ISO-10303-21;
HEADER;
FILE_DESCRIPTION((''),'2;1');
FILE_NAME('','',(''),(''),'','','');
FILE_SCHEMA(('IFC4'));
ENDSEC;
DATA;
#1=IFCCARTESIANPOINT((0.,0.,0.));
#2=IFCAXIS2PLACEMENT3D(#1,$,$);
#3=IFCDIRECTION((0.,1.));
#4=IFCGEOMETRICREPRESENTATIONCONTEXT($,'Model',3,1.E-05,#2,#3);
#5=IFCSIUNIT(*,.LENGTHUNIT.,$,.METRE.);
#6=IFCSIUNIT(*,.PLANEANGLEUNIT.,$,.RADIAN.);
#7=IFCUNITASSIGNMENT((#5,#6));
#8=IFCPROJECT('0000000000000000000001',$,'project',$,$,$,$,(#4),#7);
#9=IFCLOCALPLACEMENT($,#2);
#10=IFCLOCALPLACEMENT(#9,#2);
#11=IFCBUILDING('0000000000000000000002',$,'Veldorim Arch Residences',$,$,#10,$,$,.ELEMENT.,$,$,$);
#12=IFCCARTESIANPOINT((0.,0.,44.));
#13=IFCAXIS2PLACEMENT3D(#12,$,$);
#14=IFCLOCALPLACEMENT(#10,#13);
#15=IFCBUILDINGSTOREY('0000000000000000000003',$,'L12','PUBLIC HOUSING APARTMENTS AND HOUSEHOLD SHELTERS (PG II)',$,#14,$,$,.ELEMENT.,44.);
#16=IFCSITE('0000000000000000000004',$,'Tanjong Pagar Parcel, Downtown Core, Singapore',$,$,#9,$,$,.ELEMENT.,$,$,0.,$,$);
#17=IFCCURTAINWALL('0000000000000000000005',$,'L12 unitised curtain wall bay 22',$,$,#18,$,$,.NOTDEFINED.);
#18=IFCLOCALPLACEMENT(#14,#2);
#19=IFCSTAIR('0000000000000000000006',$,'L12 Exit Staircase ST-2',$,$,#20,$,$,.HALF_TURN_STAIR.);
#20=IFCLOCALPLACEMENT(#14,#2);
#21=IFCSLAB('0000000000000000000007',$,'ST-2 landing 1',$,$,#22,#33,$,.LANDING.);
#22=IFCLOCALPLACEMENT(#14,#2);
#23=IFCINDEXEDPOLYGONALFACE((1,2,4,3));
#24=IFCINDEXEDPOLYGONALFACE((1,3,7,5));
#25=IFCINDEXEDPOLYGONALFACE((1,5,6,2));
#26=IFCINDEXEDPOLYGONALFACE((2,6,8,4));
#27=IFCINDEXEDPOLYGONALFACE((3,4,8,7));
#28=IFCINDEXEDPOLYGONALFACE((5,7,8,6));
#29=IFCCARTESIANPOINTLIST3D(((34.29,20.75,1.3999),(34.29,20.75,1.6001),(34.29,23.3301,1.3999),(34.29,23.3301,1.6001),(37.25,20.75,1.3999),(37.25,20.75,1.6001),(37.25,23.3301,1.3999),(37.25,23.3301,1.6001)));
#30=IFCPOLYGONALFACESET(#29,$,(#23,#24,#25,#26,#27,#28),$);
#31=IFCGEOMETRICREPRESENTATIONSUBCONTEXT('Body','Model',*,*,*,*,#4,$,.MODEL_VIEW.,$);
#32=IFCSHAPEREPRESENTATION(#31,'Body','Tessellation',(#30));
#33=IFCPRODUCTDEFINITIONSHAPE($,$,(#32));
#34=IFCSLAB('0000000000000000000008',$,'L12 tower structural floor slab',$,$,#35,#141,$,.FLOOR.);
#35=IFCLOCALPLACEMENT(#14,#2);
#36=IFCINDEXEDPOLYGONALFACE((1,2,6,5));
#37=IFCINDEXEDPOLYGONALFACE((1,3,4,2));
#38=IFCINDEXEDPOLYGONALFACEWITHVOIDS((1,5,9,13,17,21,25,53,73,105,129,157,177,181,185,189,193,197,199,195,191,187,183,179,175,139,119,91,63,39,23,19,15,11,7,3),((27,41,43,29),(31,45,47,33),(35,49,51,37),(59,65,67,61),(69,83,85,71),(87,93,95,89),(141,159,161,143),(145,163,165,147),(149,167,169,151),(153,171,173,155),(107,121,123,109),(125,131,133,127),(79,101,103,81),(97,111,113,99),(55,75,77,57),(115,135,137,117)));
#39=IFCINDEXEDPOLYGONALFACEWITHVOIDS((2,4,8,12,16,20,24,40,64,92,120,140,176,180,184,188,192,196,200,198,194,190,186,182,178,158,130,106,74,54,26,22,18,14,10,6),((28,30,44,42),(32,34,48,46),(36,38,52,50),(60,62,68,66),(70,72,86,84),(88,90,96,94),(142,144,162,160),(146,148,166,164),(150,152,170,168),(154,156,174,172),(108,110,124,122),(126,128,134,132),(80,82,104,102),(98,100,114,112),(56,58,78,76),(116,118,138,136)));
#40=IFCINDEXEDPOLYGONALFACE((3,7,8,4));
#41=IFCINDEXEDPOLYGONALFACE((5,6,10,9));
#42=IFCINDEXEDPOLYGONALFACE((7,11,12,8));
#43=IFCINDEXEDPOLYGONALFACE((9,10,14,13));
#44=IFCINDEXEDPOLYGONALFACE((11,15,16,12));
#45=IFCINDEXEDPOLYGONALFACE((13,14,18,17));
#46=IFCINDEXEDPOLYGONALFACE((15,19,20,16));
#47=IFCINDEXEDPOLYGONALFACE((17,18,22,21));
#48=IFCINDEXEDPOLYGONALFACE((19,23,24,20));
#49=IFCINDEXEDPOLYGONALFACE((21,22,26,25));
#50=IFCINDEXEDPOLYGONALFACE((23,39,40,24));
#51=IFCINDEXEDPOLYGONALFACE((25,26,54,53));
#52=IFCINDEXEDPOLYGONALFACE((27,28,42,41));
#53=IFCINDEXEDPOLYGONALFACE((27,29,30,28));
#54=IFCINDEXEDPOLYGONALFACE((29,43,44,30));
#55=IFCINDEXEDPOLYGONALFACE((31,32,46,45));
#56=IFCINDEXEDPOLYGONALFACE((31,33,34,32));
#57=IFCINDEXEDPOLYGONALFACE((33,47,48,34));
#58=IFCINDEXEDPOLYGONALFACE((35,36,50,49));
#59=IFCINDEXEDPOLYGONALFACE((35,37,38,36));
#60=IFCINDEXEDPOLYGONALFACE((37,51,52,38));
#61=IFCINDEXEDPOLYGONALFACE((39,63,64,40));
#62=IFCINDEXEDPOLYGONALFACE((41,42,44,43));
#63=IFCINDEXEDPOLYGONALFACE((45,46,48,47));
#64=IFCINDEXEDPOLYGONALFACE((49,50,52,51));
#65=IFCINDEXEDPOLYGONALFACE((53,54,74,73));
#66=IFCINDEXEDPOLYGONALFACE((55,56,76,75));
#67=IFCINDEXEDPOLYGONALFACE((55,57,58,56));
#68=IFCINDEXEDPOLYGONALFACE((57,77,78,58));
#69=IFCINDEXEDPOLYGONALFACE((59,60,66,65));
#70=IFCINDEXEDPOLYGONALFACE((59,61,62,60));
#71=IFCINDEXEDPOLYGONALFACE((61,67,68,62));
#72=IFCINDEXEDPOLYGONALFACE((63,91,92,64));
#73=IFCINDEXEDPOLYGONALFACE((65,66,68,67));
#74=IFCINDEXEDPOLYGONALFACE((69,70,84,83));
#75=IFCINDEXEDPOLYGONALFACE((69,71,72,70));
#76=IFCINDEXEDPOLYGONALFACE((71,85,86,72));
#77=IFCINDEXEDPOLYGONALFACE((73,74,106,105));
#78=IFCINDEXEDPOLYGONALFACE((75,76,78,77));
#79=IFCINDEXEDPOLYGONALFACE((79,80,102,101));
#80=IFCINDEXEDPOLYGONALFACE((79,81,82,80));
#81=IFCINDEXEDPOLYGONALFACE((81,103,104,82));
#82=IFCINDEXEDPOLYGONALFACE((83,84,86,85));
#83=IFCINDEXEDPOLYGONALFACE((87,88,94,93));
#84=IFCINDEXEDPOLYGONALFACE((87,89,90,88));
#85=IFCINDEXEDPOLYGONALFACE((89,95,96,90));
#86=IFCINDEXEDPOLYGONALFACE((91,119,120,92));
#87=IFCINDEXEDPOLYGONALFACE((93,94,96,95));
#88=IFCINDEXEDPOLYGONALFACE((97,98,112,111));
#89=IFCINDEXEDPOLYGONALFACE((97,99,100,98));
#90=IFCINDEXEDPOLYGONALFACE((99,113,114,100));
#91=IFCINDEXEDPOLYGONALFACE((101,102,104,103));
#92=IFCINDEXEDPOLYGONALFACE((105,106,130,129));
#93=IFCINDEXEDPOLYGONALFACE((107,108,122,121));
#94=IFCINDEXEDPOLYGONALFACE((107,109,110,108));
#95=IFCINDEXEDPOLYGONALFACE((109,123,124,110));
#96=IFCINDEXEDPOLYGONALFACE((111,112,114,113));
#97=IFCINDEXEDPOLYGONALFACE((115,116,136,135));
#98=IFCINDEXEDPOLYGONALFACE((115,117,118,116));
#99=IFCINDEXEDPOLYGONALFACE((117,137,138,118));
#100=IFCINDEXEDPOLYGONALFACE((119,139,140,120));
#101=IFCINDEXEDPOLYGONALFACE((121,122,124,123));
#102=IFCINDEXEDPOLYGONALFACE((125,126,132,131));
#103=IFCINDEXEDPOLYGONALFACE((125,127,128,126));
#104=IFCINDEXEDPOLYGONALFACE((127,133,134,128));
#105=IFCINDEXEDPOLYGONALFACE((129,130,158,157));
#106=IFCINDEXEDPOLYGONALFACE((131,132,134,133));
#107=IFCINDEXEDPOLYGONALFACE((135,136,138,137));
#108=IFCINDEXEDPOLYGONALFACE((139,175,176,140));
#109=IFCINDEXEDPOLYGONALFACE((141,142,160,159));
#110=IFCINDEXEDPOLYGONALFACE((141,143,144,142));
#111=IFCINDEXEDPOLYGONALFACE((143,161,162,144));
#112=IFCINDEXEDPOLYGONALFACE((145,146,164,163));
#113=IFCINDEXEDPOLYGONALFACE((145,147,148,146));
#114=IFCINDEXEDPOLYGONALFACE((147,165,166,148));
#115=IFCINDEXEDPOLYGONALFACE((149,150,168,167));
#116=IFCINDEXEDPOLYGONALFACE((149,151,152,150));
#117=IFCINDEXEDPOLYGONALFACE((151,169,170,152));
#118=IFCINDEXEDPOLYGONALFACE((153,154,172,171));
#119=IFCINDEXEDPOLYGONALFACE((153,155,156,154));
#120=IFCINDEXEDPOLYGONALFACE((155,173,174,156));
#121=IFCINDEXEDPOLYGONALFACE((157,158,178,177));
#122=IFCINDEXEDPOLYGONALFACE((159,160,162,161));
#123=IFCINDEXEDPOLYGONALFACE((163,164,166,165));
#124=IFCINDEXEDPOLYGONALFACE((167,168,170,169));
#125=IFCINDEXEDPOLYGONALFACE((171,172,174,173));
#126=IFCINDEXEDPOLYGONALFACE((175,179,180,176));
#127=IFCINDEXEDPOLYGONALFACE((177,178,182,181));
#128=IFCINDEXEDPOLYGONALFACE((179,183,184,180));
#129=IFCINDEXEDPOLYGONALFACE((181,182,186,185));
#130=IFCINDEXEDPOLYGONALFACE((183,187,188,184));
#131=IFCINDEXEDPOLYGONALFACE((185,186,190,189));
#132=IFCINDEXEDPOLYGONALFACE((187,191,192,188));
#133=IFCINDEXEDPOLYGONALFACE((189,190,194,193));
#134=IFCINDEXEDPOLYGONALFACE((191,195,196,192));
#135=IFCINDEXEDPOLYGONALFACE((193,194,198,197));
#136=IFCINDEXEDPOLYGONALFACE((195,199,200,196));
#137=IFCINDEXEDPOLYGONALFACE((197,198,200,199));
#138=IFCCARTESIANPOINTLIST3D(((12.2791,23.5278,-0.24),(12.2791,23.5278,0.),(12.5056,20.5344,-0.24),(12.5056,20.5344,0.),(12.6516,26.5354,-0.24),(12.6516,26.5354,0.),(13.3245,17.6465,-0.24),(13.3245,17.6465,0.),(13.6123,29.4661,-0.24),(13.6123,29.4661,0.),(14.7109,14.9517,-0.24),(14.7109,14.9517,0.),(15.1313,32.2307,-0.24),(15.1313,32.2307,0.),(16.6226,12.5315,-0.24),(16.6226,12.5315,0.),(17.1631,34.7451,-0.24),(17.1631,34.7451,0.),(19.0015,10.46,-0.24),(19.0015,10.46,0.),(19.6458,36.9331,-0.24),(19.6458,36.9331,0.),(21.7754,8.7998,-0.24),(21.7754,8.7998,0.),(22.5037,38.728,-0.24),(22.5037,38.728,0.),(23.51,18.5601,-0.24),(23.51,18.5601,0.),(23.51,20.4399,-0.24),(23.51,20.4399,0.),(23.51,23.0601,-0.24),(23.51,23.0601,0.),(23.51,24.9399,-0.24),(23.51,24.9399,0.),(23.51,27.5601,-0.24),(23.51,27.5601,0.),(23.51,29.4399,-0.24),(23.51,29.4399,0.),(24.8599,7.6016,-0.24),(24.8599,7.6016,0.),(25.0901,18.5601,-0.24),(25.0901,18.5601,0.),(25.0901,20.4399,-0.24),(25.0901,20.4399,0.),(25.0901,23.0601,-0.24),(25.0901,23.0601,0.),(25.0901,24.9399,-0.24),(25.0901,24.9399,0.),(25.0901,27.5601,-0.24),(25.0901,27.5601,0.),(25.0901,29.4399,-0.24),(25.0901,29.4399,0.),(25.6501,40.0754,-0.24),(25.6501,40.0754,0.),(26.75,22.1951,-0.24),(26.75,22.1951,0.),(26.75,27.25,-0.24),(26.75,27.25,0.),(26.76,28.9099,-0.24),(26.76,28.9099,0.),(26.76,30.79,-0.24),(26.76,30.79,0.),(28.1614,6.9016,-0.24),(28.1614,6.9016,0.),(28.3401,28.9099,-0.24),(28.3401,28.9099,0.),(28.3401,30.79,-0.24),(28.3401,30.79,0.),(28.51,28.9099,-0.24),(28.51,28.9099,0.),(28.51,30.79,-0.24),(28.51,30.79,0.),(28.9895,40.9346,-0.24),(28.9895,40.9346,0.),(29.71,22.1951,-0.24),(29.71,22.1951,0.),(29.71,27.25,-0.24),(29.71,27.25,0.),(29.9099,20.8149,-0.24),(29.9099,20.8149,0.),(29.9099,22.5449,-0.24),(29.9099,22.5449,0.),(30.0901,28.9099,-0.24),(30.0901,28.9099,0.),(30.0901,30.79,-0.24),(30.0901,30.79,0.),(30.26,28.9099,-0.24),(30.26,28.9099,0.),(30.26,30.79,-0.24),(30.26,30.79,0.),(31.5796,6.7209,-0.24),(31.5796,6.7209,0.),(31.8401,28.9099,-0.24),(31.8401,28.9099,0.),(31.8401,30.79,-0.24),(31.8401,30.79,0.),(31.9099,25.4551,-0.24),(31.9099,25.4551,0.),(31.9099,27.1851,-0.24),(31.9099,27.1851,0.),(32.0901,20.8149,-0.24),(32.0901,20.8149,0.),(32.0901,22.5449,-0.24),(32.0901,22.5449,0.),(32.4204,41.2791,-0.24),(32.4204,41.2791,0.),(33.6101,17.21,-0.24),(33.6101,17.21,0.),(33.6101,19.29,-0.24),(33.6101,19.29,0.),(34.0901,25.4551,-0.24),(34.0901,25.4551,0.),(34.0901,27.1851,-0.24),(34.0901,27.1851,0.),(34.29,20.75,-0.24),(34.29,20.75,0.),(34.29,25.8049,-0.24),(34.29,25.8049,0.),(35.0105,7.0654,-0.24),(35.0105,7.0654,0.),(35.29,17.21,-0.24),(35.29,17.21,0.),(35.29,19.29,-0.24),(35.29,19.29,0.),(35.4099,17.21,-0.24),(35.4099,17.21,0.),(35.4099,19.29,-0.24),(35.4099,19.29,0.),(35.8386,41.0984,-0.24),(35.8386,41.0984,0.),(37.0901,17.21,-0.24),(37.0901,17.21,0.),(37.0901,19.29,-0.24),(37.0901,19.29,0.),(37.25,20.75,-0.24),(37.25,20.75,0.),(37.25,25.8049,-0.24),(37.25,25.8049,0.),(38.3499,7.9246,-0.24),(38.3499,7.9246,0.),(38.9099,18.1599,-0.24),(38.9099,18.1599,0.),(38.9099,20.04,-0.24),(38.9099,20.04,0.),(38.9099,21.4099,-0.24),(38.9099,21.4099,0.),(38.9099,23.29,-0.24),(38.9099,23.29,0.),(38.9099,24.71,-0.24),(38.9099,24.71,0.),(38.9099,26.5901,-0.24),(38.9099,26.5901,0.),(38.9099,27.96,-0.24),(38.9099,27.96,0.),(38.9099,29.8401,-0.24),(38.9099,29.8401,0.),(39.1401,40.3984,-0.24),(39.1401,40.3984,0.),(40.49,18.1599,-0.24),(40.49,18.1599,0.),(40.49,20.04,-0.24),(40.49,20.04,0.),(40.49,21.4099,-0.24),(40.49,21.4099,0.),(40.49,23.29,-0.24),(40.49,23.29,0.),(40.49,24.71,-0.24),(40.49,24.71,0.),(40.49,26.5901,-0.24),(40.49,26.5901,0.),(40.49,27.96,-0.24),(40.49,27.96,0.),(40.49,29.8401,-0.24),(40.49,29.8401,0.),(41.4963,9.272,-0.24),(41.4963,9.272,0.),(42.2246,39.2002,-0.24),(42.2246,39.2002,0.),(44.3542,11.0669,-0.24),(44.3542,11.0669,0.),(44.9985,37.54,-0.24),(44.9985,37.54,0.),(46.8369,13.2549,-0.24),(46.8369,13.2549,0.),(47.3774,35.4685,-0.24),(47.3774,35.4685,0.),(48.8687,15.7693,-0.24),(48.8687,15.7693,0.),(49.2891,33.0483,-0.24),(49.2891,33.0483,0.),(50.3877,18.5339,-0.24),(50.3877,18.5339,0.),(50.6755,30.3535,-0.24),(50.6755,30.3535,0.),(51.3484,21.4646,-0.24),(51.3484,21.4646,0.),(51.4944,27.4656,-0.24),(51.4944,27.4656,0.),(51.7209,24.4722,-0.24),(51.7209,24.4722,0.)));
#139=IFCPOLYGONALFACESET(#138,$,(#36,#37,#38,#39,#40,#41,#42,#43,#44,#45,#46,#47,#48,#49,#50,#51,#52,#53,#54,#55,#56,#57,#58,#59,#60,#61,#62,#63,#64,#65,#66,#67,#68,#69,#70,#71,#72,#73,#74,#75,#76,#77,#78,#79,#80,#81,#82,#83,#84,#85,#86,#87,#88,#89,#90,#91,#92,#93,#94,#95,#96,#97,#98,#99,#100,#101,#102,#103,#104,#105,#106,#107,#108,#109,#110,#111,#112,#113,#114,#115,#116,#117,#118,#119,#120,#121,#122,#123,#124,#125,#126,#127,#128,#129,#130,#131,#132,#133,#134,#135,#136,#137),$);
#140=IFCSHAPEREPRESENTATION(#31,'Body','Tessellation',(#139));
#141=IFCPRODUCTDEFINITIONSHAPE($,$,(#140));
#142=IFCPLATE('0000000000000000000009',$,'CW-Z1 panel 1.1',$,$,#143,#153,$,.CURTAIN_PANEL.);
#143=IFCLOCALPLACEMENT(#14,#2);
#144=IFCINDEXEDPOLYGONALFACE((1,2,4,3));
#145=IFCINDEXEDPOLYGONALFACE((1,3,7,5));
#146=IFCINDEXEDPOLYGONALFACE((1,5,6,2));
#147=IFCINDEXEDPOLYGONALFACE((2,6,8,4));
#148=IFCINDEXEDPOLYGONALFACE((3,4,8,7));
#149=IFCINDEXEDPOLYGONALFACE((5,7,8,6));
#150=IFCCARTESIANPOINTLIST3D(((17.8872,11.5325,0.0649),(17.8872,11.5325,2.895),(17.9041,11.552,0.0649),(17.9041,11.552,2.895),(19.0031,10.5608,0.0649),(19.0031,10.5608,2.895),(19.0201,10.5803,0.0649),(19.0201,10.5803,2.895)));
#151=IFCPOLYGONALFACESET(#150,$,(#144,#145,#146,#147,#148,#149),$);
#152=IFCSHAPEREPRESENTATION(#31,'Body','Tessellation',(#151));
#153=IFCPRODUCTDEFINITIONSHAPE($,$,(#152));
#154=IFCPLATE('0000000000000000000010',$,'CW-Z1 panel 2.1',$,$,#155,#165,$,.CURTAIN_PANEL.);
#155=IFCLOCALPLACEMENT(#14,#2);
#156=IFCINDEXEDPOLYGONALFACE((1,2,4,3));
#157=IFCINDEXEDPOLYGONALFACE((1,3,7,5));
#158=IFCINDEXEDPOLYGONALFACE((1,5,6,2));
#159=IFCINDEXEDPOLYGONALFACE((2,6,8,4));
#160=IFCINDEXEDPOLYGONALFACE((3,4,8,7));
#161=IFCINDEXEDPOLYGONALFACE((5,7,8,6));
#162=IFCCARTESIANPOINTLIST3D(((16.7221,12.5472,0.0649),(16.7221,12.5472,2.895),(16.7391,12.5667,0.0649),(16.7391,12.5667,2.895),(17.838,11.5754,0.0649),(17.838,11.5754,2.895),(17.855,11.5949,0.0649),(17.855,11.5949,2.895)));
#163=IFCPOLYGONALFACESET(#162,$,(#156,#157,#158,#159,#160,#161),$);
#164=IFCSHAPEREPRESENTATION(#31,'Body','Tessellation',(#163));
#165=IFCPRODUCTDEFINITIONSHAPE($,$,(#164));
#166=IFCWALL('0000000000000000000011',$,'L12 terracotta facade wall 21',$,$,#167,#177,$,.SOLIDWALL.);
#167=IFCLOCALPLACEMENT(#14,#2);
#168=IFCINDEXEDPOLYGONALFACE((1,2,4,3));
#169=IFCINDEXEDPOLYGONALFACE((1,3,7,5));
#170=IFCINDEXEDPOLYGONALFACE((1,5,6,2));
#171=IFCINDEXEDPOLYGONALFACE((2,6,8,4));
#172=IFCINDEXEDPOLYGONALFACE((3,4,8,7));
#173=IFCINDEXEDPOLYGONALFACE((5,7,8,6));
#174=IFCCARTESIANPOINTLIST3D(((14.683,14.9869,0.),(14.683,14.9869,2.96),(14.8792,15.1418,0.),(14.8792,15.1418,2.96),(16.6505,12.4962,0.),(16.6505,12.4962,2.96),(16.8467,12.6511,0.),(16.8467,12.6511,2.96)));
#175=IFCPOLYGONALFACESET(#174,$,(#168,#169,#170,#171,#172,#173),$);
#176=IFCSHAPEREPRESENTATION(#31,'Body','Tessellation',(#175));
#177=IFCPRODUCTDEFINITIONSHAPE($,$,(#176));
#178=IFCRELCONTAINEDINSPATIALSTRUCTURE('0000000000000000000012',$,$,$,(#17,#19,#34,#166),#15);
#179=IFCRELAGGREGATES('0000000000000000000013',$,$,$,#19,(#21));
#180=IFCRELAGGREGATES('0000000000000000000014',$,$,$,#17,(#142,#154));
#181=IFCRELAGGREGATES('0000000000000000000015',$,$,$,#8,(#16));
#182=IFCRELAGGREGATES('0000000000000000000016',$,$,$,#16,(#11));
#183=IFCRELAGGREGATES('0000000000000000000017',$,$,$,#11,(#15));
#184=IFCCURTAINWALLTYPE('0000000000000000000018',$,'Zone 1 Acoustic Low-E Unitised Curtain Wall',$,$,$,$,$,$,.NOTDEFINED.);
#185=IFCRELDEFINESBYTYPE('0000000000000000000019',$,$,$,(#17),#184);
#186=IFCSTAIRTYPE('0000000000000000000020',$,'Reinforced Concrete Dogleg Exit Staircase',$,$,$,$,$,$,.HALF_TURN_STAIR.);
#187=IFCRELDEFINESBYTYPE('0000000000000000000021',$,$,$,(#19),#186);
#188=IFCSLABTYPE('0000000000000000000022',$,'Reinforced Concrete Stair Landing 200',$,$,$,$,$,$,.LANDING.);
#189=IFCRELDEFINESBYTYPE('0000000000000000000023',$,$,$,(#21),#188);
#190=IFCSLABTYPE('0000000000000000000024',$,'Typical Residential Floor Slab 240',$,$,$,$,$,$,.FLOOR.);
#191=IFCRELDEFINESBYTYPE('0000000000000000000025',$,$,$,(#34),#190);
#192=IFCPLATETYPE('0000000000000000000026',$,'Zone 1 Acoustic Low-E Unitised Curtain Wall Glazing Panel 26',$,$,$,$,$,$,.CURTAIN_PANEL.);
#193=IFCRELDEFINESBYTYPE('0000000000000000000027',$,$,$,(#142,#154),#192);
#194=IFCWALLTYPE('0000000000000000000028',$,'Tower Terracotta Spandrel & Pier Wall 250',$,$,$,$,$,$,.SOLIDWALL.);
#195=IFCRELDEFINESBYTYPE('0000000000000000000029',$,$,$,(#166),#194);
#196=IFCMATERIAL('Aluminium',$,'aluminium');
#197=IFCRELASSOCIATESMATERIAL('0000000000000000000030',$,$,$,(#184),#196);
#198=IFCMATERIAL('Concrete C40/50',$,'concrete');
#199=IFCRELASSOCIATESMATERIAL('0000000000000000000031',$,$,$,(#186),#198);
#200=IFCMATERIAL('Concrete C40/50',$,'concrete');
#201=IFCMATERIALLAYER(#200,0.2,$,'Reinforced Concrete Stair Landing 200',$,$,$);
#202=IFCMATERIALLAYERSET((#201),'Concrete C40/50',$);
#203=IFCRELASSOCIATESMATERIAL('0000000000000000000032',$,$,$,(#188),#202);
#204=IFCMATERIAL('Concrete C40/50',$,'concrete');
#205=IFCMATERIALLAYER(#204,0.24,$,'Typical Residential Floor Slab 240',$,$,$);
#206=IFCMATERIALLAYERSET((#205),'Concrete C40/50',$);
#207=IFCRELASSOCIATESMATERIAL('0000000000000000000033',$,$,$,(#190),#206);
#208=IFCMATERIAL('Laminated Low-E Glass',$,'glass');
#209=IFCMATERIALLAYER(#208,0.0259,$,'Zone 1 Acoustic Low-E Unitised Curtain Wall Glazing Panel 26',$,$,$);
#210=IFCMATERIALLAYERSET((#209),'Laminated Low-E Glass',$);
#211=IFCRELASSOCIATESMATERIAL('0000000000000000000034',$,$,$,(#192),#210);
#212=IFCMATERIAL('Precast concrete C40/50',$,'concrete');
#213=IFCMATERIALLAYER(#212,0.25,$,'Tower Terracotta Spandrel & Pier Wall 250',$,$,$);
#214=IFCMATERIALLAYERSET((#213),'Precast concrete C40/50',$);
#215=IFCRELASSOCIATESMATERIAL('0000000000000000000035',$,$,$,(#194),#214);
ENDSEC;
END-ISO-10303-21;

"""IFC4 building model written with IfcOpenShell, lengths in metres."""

from ifc_helpers import new_model, si_unit, direction, frame, frame_2d, origin, origin_2d, place, context, subcontext, project, spatial, polyline, rectangle, outline, extrude, material, layer, layer_set, type_object, element, aggregate, save


model = new_model("IFC4")

# Units and contexts
model_context = context("Model", 3, precision=1e-05, world=origin(), true_north=direction((0.0, 1.0)))
body_context = subcontext(model_context, "Body", "Model", "MODEL_VIEW")
ifc_project = project(units=[si_unit("LENGTHUNIT", "METRE"), si_unit("PLANEANGLEUNIT", "RADIAN")], contexts=[model_context])

# Site, building, storey
site_placement = place(None, origin())
site = spatial("IfcSite", under=ifc_project, at=site_placement, Name="Tanjong Pagar Parcel, Downtown Core, Singapore", CompositionType="ELEMENT", RefElevation=0.0)
building_placement = place(site_placement, origin())
building = spatial("IfcBuilding", under=site, at=building_placement, Name="Veldorim Arch Residences", CompositionType="ELEMENT")
storey_placement = place(building_placement, frame((0.0, 0.0, 44.0)))
storey = spatial("IfcBuildingStorey", under=building, at=storey_placement, Name="L12", Description="PUBLIC HOUSING APARTMENTS AND HOUSEHOLD SHELTERS (PG II)", CompositionType="ELEMENT", Elevation=44.0)

# Curtain wall
ifc_material_1 = material(Name="Aluminium", Category="aluminium")
curtain_wall_type = type_object("IfcCurtainWallType", Name="Zone 1 Acoustic Low-E Unitised Curtain Wall", PredefinedType="NOTDEFINED", material=ifc_material_1)
curtain_wall_placement = place(storey_placement, origin())
curtain_wall = element("IfcCurtainWall", 1, at=curtain_wall_placement, inside=storey, type_object=curtain_wall_type, Name="L12 unitised curtain wall bay 22", PredefinedType="NOTDEFINED")

# Stair, slab
ifc_material_2 = material(Name="Concrete C40/50", Category="concrete")
stair_type = type_object("IfcStairType", Name="Reinforced Concrete Dogleg Exit Staircase", PredefinedType="HALF_TURN_STAIR", material=ifc_material_2)
ifc_material_3 = material(Name="Concrete C40/50", Category="concrete")
ifc_layer_1 = layer(ifc_material_3, 0.2, Name="Reinforced Concrete Stair Landing 200")
ifc_layer_set_1 = layer_set([ifc_layer_1], Name="Concrete C40/50")
slab_type_1 = type_object("IfcSlabType", Name="Reinforced Concrete Stair Landing 200", PredefinedType="LANDING", material=ifc_layer_set_1)
stair_1_placement = place(storey_placement, origin())
stair_1 = element("IfcStair", 2, at=stair_1_placement, inside=storey, type_object=stair_type, Name="L12 Exit Staircase ST-2", PredefinedType="HALF_TURN_STAIR")
slab_1_placement = place(storey_placement, frame((0.0, 0.0, 1.3999)))
slab_1 = element("IfcSlab", 3, at=slab_1_placement, type_object=slab_type_1, Name="ST-2 landing 1", PredefinedType="LANDING", context=body_context, shape_type="SweptSolid", body=[
    extrude(outline(polyline([(34.29, 23.3301), (34.29, 20.75), (37.25, 20.75), (37.25, 23.3301), (34.29, 23.3301)])), origin(), (0.0, 0.0, 1.0), 0.2002),
])
aggregate(stair_1, [slab_1])

# Slab
ifc_material_4 = material(Name="Concrete C40/50", Category="concrete")
ifc_layer_2 = layer(ifc_material_4, 0.24, Name="Typical Residential Floor Slab 240")
ifc_layer_set_2 = layer_set([ifc_layer_2], Name="Concrete C40/50")
slab_type_2 = type_object("IfcSlabType", Name="Typical Residential Floor Slab 240", PredefinedType="FLOOR", material=ifc_layer_set_2)
slab_2_placement = place(storey_placement, frame((0.0, 0.0, -0.24)))
element("IfcSlab", 4, at=slab_2_placement, inside=storey, type_object=slab_type_2, Name="L12 tower structural floor slab", PredefinedType="FLOOR", context=body_context, shape_type="SweptSolid", body=[
    extrude(outline(polyline([(51.4944, 27.4656), (50.6755, 30.3535), (49.2891, 33.0483), (47.3774, 35.4685), (44.9985, 37.54), (42.2246, 39.2002), (39.1401, 40.3984), (35.8386, 41.0984), (32.4204, 41.2791), (28.9895, 40.9346), (25.6501, 40.0754), (22.5037, 38.728), (19.6458, 36.9331), (17.1631, 34.7451), (15.1313, 32.2307), (13.6123, 29.4661), (12.6516, 26.5354), (12.2791, 23.5278), (12.5056, 20.5344), (13.3245, 17.6465), (14.7109, 14.9517), (16.6226, 12.5315), (19.0015, 10.46), (21.7754, 8.7998), (24.8599, 7.6016), (28.1614, 6.9016), (31.5796, 6.7209), (35.0105, 7.0654), (38.3499, 7.9246), (41.4963, 9.272), (44.3542, 11.0669), (46.8369, 13.2549), (48.8687, 15.7693), (50.3877, 18.5339), (51.3484, 21.4646), (51.7209, 24.4722), (51.4944, 27.4656)]), holes=[polyline([(23.51, 20.4399), (25.0901, 20.4399), (25.0901, 18.5601), (23.51, 18.5601), (23.51, 20.4399)]), polyline([(29.9099, 22.5449), (32.0901, 22.5449), (32.0901, 20.8149), (29.9099, 20.8149), (29.9099, 22.5449)]), polyline([(23.51, 24.9399), (25.0901, 24.9399), (25.0901, 23.0601), (23.51, 23.0601), (23.51, 24.9399)]), polyline([(26.75, 27.25), (29.71, 27.25), (29.71, 22.1951), (26.75, 22.1951), (26.75, 27.25)]), polyline([(23.51, 29.4399), (25.0901, 29.4399), (25.0901, 27.5601), (23.51, 27.5601), (23.51, 29.4399)]), polyline([(26.76, 30.79), (28.3401, 30.79), (28.3401, 28.9099), (26.76, 28.9099), (26.76, 30.79)]), polyline([(28.51, 30.79), (30.0901, 30.79), (30.0901, 28.9099), (28.51, 28.9099), (28.51, 30.79)]), polyline([(30.26, 30.79), (31.8401, 30.79), (31.8401, 28.9099), (30.26, 28.9099), (30.26, 30.79)]), polyline([(33.6101, 19.29), (35.29, 19.29), (35.29, 17.21), (33.6101, 17.21), (33.6101, 19.29)]), polyline([(35.4099, 19.29), (37.0901, 19.29), (37.0901, 17.21), (35.4099, 17.21), (35.4099, 19.29)]), polyline([(38.9099, 20.04), (40.49, 20.04), (40.49, 18.1599), (38.9099, 18.1599), (38.9099, 20.04)]), polyline([(38.9099, 23.29), (40.49, 23.29), (40.49, 21.4099), (38.9099, 21.4099), (38.9099, 23.29)]), polyline([(34.29, 25.8049), (37.25, 25.8049), (37.25, 20.75), (34.29, 20.75), (34.29, 25.8049)]), polyline([(38.9099, 26.5901), (40.49, 26.5901), (40.49, 24.71), (38.9099, 24.71), (38.9099, 26.5901)]), polyline([(31.9099, 27.1851), (34.0901, 27.1851), (34.0901, 25.4551), (31.9099, 25.4551), (31.9099, 27.1851)]), polyline([(38.9099, 29.8401), (40.49, 29.8401), (40.49, 27.96), (38.9099, 27.96), (38.9099, 29.8401)])]), origin(), (0.0, 0.0, 1.0), 0.24),
])

# Plates
ifc_material_5 = material(Name="Laminated Low-E Glass", Category="glass")
ifc_layer_3 = layer(ifc_material_5, 0.0259, Name="Zone 1 Acoustic Low-E Unitised Curtain Wall Glazing Panel 26")
ifc_layer_set_3 = layer_set([ifc_layer_3], Name="Laminated Low-E Glass")
plate_type = type_object("IfcPlateType", Name="Zone 1 Acoustic Low-E Unitised Curtain Wall Glazing Panel 26", PredefinedType="CURTAIN_PANEL", material=ifc_layer_set_3)
plate_1_placement = place(storey_placement, frame((18.4536, 11.0564, 0.0649), z_axis=(0.0, 0.0, 1.0), x_axis=(-0.754136, 0.656719, 0.0)))
plate_1 = element("IfcPlate", 5, at=plate_1_placement, type_object=plate_type, Name="CW-Z1 panel 1.1", PredefinedType="CURTAIN_PANEL", context=body_context, shape_type="SweptSolid", body=[
    extrude(rectangle(XDim=1.4797, YDim=0.0259, at=origin_2d()), origin(), (0.0, 0.0, 1.0), 2.8301),
])
plate_2_placement = place(storey_placement, frame((17.2886, 12.071, 0.0649), z_axis=(0.0, 0.0, 1.0), x_axis=(-0.754136, 0.656719, 0.0)))
plate_2 = element("IfcPlate", 6, at=plate_2_placement, type_object=plate_type, Name="CW-Z1 panel 2.1", PredefinedType="CURTAIN_PANEL", context=body_context, shape_type="SweptSolid", body=[
    extrude(rectangle(XDim=1.4797, YDim=0.0259, at=origin_2d()), origin(), (0.0, 0.0, 1.0), 2.8301),
])
aggregate(curtain_wall, [plate_1, plate_2])

# Wall
ifc_material_6 = material(Name="Precast concrete C40/50", Category="concrete")
ifc_layer_4 = layer(ifc_material_6, 0.25, Name="Tower Terracotta Spandrel & Pier Wall 250")
ifc_layer_set_4 = layer_set([ifc_layer_4], Name="Precast concrete C40/50")
wall_type = type_object("IfcWallType", Name="Tower Terracotta Spandrel & Pier Wall 250", PredefinedType="SOLIDWALL", material=ifc_layer_set_4)
wall_placement = place(storey_placement, frame((16.7485, 12.5737, 0.0), z_axis=(0.0, 0.0, 1.0), x_axis=(-0.619871, 0.784704, 0.0)))
element("IfcWall", 7, at=wall_placement, inside=storey, type_object=wall_type, Name="L12 terracotta facade wall 21", PredefinedType="SOLIDWALL", context=body_context, shape_type="SweptSolid", body=[
    extrude(rectangle(XDim=3.1741, YDim=0.25, at=frame_2d((1.5869, 0.0))), origin(), (0.0, 0.0, 1.0), 2.96),
])

save(model, "model.ifc")
